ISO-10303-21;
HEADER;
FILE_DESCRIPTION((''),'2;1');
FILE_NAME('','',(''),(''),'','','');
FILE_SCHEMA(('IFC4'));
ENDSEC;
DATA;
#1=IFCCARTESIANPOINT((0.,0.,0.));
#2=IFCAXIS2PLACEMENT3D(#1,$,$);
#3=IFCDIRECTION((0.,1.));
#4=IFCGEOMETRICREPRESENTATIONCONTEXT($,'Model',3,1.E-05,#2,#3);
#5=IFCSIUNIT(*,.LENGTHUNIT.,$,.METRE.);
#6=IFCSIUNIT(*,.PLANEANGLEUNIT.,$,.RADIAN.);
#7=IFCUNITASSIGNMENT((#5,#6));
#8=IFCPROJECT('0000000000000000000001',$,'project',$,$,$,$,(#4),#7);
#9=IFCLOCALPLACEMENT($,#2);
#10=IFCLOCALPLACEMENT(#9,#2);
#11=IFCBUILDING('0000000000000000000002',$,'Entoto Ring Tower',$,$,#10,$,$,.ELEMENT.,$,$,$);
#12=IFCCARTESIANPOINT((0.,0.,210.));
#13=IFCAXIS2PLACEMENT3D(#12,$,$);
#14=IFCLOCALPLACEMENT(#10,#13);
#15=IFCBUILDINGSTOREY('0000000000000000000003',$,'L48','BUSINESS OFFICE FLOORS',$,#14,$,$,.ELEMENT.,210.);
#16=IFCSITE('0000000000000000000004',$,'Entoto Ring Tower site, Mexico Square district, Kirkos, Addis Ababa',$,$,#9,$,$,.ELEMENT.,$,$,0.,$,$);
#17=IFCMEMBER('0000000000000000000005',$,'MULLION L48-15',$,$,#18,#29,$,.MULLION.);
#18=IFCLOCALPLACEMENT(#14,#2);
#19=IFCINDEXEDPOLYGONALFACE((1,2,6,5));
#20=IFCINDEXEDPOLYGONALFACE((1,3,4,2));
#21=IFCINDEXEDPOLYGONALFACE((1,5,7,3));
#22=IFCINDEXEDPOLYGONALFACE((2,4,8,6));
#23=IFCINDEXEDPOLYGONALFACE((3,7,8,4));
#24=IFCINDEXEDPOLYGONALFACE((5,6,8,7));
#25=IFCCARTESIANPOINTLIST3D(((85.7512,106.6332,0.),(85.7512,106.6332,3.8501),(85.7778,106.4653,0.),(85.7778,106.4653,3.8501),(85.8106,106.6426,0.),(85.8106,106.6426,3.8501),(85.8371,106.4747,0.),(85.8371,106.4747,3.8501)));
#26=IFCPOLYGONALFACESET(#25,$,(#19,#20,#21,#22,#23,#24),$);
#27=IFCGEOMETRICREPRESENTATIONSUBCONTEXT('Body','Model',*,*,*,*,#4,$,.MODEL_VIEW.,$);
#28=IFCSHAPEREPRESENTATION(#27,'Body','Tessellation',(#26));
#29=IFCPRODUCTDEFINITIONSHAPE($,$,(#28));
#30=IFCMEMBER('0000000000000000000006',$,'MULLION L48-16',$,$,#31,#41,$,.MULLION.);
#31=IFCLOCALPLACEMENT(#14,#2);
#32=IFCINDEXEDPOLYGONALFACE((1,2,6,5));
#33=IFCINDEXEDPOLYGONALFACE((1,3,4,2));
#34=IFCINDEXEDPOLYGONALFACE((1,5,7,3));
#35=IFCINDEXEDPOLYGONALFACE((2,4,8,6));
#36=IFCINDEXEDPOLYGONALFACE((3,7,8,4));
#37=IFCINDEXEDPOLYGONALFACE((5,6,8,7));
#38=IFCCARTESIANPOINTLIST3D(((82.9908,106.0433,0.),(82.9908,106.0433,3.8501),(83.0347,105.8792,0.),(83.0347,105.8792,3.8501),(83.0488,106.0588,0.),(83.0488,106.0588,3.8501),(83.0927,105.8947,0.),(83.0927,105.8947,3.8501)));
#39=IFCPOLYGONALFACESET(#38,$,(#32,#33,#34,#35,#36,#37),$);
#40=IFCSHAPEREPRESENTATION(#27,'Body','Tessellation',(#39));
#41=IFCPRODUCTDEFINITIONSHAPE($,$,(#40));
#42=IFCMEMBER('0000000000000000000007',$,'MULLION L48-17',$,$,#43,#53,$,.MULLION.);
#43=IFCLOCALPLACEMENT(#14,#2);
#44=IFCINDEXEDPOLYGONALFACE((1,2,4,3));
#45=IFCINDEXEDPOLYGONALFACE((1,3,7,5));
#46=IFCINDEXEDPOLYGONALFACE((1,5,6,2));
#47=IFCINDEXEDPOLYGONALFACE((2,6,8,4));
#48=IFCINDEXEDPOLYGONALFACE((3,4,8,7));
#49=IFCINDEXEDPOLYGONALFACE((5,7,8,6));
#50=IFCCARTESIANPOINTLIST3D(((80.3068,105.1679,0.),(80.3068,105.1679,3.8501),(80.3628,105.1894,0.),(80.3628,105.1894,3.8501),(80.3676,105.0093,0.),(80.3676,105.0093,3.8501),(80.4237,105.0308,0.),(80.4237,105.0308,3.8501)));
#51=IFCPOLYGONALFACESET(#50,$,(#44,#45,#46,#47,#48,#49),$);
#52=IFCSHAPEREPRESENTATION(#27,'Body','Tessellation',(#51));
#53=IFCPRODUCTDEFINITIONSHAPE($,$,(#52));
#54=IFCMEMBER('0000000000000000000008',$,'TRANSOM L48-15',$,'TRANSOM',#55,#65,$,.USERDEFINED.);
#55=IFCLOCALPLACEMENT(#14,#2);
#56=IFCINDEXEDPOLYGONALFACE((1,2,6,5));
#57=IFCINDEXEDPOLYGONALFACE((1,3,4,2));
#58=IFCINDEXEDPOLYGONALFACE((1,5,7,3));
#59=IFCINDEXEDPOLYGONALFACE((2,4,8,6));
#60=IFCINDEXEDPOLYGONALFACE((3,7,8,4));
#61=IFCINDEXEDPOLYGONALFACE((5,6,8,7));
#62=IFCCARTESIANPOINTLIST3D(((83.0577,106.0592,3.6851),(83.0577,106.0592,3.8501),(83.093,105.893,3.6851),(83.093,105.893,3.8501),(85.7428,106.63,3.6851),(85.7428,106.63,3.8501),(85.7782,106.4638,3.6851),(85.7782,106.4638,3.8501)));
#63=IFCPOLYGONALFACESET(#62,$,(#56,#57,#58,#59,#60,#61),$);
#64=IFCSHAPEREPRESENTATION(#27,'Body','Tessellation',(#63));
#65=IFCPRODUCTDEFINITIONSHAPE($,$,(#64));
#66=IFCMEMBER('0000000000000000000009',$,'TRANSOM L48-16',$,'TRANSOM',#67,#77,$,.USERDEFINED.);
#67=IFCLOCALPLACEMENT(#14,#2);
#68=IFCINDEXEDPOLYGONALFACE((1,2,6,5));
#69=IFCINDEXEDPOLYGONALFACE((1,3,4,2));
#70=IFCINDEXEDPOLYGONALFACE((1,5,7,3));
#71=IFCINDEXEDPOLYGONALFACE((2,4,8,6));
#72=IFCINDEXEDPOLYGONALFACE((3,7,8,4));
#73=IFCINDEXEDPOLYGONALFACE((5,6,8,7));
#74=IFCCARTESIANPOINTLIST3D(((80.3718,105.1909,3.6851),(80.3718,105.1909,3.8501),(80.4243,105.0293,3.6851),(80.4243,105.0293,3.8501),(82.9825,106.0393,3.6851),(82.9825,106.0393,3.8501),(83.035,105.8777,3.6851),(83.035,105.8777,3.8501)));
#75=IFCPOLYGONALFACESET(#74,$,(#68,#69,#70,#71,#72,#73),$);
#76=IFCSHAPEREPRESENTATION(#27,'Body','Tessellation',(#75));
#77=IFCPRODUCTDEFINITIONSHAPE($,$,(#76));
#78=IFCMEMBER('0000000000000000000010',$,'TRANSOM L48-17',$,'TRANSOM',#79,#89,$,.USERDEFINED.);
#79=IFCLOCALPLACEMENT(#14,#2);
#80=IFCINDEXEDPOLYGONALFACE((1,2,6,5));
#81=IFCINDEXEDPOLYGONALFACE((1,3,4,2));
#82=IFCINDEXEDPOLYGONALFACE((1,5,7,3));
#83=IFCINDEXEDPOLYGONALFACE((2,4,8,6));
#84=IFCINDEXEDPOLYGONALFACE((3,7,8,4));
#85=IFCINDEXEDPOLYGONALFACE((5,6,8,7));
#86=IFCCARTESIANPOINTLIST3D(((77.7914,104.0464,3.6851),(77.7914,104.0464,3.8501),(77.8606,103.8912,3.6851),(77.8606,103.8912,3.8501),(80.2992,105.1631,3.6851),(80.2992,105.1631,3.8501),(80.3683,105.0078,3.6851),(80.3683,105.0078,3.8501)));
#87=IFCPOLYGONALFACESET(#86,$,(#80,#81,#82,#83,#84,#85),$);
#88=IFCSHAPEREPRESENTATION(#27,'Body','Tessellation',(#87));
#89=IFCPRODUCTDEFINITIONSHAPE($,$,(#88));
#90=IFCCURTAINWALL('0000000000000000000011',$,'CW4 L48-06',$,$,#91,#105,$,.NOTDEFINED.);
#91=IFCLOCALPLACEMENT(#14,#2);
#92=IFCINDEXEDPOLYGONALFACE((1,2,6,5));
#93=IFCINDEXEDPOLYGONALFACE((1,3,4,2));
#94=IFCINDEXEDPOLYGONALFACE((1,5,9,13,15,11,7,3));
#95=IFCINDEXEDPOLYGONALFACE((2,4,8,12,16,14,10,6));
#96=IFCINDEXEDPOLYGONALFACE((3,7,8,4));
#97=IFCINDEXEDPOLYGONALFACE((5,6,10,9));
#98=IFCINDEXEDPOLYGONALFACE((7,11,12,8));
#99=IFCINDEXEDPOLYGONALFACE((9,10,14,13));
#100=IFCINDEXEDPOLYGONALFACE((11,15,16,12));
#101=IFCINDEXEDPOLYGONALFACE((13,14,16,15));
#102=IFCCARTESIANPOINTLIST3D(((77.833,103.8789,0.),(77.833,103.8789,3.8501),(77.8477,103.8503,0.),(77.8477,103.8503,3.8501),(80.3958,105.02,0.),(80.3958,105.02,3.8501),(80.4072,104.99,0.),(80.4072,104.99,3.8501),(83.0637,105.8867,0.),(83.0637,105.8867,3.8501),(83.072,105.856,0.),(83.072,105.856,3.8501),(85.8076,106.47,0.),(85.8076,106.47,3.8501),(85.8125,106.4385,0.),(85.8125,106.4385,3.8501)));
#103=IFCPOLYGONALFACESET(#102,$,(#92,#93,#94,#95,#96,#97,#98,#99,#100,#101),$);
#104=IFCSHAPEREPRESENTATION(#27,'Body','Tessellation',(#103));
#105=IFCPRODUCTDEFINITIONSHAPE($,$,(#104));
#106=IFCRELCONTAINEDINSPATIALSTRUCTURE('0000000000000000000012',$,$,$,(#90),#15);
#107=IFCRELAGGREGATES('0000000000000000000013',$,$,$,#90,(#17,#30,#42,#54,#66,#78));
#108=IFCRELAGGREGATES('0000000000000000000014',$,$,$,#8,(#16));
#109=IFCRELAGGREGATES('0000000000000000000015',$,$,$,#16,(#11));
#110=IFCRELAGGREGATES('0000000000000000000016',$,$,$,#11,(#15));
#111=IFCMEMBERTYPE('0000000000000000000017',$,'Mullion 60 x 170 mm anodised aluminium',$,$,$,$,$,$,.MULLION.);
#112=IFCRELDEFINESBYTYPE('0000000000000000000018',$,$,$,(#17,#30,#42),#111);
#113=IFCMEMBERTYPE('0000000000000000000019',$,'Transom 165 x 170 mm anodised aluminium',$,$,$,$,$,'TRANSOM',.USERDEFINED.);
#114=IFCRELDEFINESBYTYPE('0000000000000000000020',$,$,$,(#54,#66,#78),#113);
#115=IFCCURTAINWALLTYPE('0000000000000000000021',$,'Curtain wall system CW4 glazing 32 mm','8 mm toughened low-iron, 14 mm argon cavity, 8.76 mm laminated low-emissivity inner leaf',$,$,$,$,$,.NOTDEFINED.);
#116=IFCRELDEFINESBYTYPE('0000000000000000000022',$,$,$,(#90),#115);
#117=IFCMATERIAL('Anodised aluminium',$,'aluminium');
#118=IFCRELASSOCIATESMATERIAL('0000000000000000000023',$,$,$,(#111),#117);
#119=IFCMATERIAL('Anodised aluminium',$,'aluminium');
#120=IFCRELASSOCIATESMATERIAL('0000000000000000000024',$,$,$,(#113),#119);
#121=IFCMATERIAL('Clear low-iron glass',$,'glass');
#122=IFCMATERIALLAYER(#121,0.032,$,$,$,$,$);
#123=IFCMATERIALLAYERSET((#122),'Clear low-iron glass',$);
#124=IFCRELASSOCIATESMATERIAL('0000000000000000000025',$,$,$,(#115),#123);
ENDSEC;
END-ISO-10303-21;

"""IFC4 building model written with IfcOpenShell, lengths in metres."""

from ifc_helpers import new_model, si_unit, direction, frame, origin, origin_2d, place, context, subcontext, project, spatial, polyline, rectangle, outline, extrude, material, layer, layer_set, material_profile, profile_set, type_object, element, aggregate, save


model = new_model("IFC4")

# Units and contexts
model_context = context("Model", 3, precision=1e-05, world=origin(), true_north=direction((0.0, 1.0)))
body_context = subcontext(model_context, "Body", "Model", "MODEL_VIEW")
ifc_project = project(units=[si_unit("LENGTHUNIT", "METRE"), si_unit("PLANEANGLEUNIT", "RADIAN")], contexts=[model_context])

# Members
ifc_material_1 = material(Name="Anodised aluminium", Category="aluminium")
ifc_material_profile_1 = material_profile(ifc_material_1, rectangle(XDim=0.0601, YDim=0.1699, at=origin_2d()), Name="Mullion 60 x 170 mm anodised aluminium")
ifc_profile_set_1 = profile_set([ifc_material_profile_1], Name="Anodised aluminium")
member_type_1 = type_object("IfcMemberType", Name="Mullion 60 x 170 mm anodised aluminium", PredefinedType="MULLION", material=ifc_profile_set_1)
site_placement = place(None, origin())
building_placement = place(site_placement, origin())
storey_placement = place(building_placement, frame((0.0, 0.0, 210.0)))
member_1_placement = place(storey_placement, frame((85.7942, 106.554, 0.0), z_axis=(0.0, 0.0, 1.0), x_axis=(-0.987688, -0.156434, 0.0)))
member_1 = element("IfcMember", 1, at=member_1_placement, type_object=member_type_1, Name="MULLION L48-15", PredefinedType="MULLION", context=body_context, shape_type="SweptSolid", body=[
    extrude(rectangle(XDim=0.0601, YDim=0.1699, at=origin_2d()), origin(), (0.0, 0.0, 1.0), 3.8501),
])
member_2_placement = place(storey_placement, frame((83.0417, 105.969, 0.0), z_axis=(0.0, 0.0, 1.0), x_axis=(-0.965926, -0.258819, 0.0)))
member_2 = element("IfcMember", 2, at=member_2_placement, type_object=member_type_1, Name="MULLION L48-16", PredefinedType="MULLION", context=body_context, shape_type="SweptSolid", body=[
    extrude(rectangle(XDim=0.0601, YDim=0.1699, at=origin_2d()), origin(), (0.0, 0.0, 1.0), 3.8501),
])
member_3_placement = place(storey_placement, frame((80.3652, 105.0994, 0.0), z_axis=(0.0, 0.0, 1.0), x_axis=(-0.93358, -0.358368, 0.0)))
member_3 = element("IfcMember", 3, at=member_3_placement, type_object=member_type_1, Name="MULLION L48-17", PredefinedType="MULLION", context=body_context, shape_type="SweptSolid", body=[
    extrude(rectangle(XDim=0.0601, YDim=0.1699, at=origin_2d()), origin(), (0.0, 0.0, 1.0), 3.8501),
])
ifc_material_2 = material(Name="Anodised aluminium", Category="aluminium")
ifc_material_profile_2 = material_profile(ifc_material_2, rectangle(XDim=0.1699, YDim=0.165, at=origin_2d()), Name="Transom 165 x 170 mm anodised aluminium")
ifc_profile_set_2 = profile_set([ifc_material_profile_2], Name="Anodised aluminium")
member_type_2 = type_object("IfcMemberType", Name="Transom 165 x 170 mm anodised aluminium", ElementType="TRANSOM", PredefinedType="USERDEFINED", material=ifc_profile_set_2)
member_4_placement = place(storey_placement, frame((85.7605, 106.5469, 3.7676), z_axis=(-0.978142, -0.207937, 0.0), x_axis=(0.207937, -0.978142, 0.0)))
member_4 = element("IfcMember", 4, at=member_4_placement, type_object=member_type_2, Name="TRANSOM L48-15", ObjectType="TRANSOM", PredefinedType="USERDEFINED", context=body_context, shape_type="SweptSolid", body=[
    extrude(rectangle(XDim=0.1699, YDim=0.165, at=origin_2d()), origin(), (0.0, 0.0, 1.0), 2.7451),
])
member_5_placement = place(storey_placement, frame((83.0088, 105.9585, 3.7676), z_axis=(-0.951048, -0.309042, 0.0), x_axis=(0.309042, -0.951048, 0.0)))
member_5 = element("IfcMember", 5, at=member_5_placement, type_object=member_type_2, Name="TRANSOM L48-16", ObjectType="TRANSOM", PredefinedType="USERDEFINED", context=body_context, shape_type="SweptSolid", body=[
    extrude(rectangle(XDim=0.1699, YDim=0.165, at=origin_2d()), origin(), (0.0, 0.0, 1.0), 2.7451),
])
member_6_placement = place(storey_placement, frame((80.3337, 105.0854, 3.7676), z_axis=(-0.913525, -0.406782, 0.0), x_axis=(0.406782, -0.913525, 0.0)))
member_6 = element("IfcMember", 6, at=member_6_placement, type_object=member_type_2, Name="TRANSOM L48-17", ObjectType="TRANSOM", PredefinedType="USERDEFINED", context=body_context, shape_type="SweptSolid", body=[
    extrude(rectangle(XDim=0.1699, YDim=0.165, at=origin_2d()), origin(), (0.0, 0.0, 1.0), 2.7451),
])

# Site, building, storey
site = spatial("IfcSite", under=ifc_project, at=site_placement, Name="Entoto Ring Tower site, Mexico Square district, Kirkos, Addis Ababa", CompositionType="ELEMENT", RefElevation=0.0)
building = spatial("IfcBuilding", under=site, at=building_placement, Name="Entoto Ring Tower", CompositionType="ELEMENT")
storey = spatial("IfcBuildingStorey", under=building, at=storey_placement, Name="L48", Description="BUSINESS OFFICE FLOORS", CompositionType="ELEMENT", Elevation=210.0)

# Curtain wall
ifc_material_3 = material(Name="Clear low-iron glass", Category="glass")
ifc_layer = layer(ifc_material_3, 0.032)
ifc_layer_set = layer_set([ifc_layer], Name="Clear low-iron glass")
curtain_wall_type = type_object("IfcCurtainWallType", Name="Curtain wall system CW4 glazing 32 mm", Description="8 mm toughened low-iron, 14 mm argon cavity, 8.76 mm laminated low-emissivity inner leaf", PredefinedType="NOTDEFINED", material=ifc_layer_set)
curtain_wall_1_placement = place(storey_placement, origin())
curtain_wall_1 = element("IfcCurtainWall", 7, at=curtain_wall_1_placement, inside=storey, type_object=curtain_wall_type, Name="CW4 L48-06", PredefinedType="NOTDEFINED", context=body_context, shape_type="SweptSolid", body=[
    extrude(outline(polyline([(85.8076, 106.47), (83.0637, 105.8867), (80.3958, 105.02), (77.833, 103.8789), (77.8477, 103.8503), (80.4072, 104.99), (83.072, 105.856), (85.8125, 106.4385), (85.8076, 106.47)])), origin(), (0.0, 0.0, 1.0), 3.8501),
])
aggregate(curtain_wall_1, [member_1, member_2, member_3, member_4, member_5, member_6])

save(model, "model.ifc")
